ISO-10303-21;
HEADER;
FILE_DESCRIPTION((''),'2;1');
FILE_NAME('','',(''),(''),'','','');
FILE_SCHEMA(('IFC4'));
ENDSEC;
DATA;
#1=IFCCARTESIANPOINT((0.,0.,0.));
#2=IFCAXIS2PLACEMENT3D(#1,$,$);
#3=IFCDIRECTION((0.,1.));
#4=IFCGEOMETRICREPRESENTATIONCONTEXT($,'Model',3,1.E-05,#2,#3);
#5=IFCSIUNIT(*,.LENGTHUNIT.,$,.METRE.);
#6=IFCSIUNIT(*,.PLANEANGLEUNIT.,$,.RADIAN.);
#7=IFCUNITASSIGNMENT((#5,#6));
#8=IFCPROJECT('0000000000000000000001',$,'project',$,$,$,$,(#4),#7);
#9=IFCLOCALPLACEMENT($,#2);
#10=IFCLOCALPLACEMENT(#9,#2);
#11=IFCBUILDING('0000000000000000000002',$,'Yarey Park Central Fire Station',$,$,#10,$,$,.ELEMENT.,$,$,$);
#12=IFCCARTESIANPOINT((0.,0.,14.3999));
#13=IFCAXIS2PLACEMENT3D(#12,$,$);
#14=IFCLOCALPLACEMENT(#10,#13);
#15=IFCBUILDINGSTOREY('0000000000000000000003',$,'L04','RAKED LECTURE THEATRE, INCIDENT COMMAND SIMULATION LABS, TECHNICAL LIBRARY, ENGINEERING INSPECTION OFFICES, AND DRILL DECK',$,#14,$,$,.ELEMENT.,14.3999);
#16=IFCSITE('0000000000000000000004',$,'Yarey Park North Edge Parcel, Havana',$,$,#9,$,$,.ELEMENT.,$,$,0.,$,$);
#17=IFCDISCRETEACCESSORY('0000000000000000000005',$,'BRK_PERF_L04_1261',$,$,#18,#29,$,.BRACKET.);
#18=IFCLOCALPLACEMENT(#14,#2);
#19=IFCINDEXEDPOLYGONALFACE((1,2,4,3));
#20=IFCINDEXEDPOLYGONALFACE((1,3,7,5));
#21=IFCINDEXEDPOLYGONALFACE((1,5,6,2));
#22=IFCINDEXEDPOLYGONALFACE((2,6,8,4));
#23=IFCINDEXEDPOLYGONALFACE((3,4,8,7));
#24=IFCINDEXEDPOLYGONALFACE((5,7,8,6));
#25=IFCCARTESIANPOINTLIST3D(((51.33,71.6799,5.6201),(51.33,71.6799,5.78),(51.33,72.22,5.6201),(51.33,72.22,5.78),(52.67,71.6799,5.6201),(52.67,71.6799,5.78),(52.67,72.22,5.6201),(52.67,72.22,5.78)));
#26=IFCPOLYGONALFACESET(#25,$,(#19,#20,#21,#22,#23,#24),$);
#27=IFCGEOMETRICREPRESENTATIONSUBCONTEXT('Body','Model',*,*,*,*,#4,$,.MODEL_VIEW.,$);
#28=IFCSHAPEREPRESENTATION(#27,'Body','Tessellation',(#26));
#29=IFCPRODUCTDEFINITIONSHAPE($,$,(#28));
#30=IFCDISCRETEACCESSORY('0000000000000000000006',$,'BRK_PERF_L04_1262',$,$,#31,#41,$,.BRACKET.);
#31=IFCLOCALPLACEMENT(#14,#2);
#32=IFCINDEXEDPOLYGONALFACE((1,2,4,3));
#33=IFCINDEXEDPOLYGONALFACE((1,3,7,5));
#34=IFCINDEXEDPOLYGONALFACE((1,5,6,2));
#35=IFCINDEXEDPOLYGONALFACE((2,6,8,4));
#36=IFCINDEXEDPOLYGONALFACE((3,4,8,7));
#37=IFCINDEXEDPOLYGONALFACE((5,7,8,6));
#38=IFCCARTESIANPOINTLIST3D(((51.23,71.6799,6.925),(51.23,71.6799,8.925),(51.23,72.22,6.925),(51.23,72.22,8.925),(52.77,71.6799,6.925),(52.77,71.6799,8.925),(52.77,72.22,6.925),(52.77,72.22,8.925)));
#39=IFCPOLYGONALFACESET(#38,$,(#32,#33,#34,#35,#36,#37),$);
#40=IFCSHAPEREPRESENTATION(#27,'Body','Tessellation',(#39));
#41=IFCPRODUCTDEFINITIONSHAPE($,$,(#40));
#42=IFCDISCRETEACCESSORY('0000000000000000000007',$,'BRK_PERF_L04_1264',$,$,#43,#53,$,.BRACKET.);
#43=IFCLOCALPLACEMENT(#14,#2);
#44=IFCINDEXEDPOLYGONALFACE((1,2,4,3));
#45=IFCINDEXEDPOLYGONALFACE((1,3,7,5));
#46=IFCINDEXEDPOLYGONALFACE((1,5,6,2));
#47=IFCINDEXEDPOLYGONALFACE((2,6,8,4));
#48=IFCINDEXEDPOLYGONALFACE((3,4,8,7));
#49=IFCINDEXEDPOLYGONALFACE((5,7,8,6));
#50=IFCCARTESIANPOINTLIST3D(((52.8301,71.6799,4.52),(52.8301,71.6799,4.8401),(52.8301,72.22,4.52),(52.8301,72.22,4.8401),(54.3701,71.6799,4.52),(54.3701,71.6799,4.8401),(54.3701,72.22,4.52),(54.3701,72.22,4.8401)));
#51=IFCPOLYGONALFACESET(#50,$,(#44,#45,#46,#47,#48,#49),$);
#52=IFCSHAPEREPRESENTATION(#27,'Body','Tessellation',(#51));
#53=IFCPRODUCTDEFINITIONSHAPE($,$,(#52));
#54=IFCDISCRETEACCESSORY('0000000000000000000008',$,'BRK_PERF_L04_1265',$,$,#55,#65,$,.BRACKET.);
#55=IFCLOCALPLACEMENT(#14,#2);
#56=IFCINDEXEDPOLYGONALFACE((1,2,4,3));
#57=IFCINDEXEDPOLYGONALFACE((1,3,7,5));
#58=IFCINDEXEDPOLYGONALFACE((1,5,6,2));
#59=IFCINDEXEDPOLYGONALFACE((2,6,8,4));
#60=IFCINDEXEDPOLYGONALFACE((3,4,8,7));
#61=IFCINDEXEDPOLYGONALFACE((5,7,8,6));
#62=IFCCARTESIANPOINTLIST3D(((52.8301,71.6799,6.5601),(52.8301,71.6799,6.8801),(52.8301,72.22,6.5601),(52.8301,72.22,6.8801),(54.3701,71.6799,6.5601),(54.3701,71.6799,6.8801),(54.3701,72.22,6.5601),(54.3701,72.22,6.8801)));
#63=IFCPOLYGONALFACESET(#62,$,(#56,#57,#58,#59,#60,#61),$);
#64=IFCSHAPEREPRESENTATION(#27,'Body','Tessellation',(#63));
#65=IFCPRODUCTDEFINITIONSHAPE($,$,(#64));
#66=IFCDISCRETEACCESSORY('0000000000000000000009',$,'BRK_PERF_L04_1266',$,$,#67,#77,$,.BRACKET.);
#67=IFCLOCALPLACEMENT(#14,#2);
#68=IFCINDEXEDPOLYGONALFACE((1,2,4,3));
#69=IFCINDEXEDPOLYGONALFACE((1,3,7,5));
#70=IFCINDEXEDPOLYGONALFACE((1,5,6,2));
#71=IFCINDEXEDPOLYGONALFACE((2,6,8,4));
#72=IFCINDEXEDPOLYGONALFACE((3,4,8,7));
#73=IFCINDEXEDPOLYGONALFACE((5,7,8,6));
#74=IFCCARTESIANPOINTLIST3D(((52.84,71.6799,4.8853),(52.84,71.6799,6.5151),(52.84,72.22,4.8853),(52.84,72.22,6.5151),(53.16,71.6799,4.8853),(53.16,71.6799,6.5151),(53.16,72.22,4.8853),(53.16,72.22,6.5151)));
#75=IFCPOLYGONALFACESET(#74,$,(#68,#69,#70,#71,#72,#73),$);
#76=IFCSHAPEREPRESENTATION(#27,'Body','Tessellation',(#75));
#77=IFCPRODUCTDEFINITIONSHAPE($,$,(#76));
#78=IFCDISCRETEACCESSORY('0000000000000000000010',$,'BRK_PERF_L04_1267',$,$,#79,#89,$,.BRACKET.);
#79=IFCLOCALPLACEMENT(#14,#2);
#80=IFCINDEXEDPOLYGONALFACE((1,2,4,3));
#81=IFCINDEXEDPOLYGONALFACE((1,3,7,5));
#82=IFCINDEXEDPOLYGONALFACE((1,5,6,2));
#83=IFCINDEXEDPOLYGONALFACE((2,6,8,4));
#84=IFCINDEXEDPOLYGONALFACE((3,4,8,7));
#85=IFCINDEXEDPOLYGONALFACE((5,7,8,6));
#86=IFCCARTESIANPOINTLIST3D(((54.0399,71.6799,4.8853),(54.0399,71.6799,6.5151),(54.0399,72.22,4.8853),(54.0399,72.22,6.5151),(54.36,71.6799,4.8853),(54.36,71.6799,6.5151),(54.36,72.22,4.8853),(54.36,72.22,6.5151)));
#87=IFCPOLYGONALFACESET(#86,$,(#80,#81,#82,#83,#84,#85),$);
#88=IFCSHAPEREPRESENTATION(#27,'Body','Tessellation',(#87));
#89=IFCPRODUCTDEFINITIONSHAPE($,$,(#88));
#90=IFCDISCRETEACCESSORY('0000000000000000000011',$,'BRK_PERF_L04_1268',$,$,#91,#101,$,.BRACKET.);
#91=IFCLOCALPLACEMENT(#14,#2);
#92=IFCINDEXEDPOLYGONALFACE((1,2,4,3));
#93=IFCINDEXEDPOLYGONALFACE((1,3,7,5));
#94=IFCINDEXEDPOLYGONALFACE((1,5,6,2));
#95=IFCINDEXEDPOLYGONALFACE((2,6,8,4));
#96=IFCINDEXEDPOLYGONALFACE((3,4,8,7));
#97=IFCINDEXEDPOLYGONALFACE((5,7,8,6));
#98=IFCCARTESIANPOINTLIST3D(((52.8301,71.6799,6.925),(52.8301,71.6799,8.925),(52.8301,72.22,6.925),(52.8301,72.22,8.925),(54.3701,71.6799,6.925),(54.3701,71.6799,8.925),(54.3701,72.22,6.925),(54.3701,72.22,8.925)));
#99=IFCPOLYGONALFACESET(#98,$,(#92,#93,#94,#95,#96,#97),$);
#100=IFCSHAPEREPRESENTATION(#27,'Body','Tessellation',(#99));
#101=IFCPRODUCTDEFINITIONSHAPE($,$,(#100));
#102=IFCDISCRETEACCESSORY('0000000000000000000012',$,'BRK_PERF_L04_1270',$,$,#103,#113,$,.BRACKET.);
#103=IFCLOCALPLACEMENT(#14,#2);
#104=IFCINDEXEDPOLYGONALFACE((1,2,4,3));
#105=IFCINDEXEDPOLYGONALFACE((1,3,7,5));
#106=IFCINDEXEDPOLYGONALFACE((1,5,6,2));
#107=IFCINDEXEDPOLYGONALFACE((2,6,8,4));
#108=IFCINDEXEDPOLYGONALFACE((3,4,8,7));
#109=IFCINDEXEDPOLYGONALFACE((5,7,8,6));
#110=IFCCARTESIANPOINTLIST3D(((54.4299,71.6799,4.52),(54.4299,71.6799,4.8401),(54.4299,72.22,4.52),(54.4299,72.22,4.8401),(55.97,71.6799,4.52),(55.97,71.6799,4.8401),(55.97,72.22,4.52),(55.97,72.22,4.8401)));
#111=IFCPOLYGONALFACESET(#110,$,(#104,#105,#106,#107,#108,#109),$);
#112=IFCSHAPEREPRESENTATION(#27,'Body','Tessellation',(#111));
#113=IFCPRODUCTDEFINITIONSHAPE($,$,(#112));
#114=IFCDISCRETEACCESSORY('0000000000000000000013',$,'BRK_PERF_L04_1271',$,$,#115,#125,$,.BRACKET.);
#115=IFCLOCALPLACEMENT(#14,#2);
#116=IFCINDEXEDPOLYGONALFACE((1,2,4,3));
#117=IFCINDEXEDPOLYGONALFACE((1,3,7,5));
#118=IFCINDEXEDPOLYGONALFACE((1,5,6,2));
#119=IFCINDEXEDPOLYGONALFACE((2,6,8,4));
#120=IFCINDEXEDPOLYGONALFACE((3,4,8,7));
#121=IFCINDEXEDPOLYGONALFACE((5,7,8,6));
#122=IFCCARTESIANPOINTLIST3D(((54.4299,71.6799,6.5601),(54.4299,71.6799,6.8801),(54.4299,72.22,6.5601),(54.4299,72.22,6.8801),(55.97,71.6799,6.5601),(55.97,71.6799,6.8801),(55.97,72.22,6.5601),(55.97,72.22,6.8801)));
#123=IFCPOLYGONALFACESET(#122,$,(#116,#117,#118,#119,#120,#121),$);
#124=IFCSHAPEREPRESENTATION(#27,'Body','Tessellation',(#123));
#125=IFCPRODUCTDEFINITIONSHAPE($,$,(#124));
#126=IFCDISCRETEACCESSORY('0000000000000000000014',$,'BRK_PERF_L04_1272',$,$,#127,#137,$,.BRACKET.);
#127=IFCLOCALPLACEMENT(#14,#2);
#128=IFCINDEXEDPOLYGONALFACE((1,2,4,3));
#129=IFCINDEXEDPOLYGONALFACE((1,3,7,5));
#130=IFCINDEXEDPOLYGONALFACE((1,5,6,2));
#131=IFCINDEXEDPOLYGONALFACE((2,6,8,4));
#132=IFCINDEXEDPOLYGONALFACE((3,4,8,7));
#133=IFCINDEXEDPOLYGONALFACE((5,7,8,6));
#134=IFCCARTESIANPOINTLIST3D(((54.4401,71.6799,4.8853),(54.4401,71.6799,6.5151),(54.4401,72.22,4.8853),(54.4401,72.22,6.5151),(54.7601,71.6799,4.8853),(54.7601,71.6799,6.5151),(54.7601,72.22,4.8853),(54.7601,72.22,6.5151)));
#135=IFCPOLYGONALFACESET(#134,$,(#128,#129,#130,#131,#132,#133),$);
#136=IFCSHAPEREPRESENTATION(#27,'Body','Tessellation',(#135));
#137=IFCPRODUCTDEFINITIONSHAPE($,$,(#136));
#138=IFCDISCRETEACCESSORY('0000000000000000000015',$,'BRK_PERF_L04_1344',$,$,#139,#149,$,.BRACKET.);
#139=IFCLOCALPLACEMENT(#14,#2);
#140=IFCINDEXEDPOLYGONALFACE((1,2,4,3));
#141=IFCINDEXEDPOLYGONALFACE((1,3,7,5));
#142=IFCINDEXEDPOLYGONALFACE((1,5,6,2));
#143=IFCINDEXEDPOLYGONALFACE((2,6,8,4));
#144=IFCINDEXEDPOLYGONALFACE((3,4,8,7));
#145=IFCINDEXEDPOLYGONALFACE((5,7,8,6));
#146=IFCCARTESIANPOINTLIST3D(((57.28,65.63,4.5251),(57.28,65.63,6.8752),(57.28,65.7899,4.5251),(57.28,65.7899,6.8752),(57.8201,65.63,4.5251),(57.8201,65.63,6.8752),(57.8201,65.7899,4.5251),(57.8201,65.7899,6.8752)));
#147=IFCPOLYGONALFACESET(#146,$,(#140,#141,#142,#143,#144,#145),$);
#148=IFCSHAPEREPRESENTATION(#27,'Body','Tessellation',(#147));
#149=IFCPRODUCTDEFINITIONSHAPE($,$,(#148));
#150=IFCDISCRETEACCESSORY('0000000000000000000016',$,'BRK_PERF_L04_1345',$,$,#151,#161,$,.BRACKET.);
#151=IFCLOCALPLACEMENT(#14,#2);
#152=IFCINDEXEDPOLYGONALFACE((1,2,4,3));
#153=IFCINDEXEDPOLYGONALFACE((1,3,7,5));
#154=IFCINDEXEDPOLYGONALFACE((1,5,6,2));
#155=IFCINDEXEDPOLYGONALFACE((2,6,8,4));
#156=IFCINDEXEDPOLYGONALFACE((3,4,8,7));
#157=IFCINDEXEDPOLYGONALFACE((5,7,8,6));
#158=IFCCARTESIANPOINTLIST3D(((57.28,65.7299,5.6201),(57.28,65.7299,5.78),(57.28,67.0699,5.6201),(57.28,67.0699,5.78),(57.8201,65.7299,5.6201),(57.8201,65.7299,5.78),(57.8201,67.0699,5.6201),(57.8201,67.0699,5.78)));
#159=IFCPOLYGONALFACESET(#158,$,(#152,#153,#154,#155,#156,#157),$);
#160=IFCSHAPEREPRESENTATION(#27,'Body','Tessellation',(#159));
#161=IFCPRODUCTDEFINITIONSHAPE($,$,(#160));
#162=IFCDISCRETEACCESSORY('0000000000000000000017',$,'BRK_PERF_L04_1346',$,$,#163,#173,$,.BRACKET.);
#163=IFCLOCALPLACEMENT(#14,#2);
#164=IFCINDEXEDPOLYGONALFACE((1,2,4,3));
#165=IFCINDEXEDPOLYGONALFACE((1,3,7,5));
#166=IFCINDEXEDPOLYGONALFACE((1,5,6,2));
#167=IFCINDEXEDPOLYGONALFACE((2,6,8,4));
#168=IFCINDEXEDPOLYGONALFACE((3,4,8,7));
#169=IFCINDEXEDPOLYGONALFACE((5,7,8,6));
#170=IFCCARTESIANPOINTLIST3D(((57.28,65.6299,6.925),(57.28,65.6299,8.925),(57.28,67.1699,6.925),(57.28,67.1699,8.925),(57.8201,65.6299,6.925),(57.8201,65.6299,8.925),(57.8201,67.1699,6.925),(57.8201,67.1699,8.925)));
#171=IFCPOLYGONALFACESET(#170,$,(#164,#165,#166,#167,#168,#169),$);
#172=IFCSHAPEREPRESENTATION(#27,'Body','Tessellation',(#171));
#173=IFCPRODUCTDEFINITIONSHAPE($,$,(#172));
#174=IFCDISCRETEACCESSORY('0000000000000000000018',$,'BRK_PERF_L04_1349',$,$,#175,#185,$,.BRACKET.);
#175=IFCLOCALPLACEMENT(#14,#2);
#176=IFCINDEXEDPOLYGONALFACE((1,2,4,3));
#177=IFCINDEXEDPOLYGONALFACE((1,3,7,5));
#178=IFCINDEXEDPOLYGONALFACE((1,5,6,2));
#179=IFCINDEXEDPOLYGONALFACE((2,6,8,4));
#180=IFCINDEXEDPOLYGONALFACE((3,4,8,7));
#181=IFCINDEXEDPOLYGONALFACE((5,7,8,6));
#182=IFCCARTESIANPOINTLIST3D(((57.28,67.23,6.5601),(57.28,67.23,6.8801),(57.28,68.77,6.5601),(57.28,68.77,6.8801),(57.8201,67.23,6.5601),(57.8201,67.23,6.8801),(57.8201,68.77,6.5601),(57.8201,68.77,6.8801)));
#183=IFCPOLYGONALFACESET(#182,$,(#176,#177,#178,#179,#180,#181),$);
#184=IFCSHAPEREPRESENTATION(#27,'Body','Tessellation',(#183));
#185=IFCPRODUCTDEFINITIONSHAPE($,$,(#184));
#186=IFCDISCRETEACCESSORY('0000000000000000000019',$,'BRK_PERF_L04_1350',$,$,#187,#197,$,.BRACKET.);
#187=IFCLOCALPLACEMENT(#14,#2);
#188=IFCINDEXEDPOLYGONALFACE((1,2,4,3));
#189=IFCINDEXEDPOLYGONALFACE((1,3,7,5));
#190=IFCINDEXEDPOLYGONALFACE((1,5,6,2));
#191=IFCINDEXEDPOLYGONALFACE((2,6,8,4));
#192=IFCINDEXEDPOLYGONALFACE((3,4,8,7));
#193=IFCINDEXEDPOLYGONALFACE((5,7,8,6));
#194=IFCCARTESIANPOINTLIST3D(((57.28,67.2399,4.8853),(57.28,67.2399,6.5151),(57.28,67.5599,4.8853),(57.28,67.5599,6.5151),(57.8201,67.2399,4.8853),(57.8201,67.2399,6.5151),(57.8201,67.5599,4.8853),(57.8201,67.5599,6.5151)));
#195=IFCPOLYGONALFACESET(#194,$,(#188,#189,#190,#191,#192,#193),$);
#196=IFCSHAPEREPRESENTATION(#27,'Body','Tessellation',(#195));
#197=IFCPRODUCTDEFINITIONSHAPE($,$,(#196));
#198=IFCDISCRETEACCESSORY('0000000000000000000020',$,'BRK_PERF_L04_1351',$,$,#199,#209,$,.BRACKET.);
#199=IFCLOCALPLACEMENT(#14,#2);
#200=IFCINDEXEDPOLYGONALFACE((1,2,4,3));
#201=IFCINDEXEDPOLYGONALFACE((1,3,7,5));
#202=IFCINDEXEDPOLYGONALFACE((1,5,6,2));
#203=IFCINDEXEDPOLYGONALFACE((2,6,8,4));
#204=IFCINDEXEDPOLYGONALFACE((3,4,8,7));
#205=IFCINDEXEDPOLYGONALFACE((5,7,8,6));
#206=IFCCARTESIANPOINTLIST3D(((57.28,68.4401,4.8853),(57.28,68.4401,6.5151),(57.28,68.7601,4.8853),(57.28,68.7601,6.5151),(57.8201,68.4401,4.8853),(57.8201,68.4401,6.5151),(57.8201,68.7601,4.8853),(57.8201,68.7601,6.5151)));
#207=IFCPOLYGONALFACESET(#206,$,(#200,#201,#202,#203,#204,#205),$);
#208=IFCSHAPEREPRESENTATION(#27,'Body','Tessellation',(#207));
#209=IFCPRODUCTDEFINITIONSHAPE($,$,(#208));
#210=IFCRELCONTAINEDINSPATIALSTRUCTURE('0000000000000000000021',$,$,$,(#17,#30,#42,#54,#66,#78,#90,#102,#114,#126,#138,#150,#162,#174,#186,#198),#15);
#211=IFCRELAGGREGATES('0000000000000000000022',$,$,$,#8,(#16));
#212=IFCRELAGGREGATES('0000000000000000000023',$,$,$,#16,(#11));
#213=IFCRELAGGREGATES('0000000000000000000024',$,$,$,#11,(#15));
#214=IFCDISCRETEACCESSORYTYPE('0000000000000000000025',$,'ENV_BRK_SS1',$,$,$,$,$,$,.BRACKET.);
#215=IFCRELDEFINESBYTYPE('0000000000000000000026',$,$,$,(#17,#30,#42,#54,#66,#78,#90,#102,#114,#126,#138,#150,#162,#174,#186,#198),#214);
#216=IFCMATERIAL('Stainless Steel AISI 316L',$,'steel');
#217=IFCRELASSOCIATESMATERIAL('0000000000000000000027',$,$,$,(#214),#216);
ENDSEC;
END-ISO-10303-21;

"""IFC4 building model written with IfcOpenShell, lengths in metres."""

from ifc_helpers import new_model, si_unit, direction, frame, origin, origin_2d, place, context, subcontext, project, spatial, rectangle, extrude, material, type_object, element, save


model = new_model("IFC4")

# Units and contexts
model_context = context("Model", 3, precision=1e-05, world=origin(), true_north=direction((0.0, 1.0)))
body_context = subcontext(model_context, "Body", "Model", "MODEL_VIEW")
ifc_project = project(units=[si_unit("LENGTHUNIT", "METRE"), si_unit("PLANEANGLEUNIT", "RADIAN")], contexts=[model_context])

# Site, building, storey
site_placement = place(None, origin())
site = spatial("IfcSite", under=ifc_project, at=site_placement, Name="Yarey Park North Edge Parcel, Havana", CompositionType="ELEMENT", RefElevation=0.0)
building_placement = place(site_placement, origin())
building = spatial("IfcBuilding", under=site, at=building_placement, Name="Yarey Park Central Fire Station", CompositionType="ELEMENT")
storey_placement = place(building_placement, frame((0.0, 0.0, 14.3999)))
storey = spatial("IfcBuildingStorey", under=building, at=storey_placement, Name="L04", Description="RAKED LECTURE THEATRE, INCIDENT COMMAND SIMULATION LABS, TECHNICAL LIBRARY, ENGINEERING INSPECTION OFFICES, AND DRILL DECK", CompositionType="ELEMENT", Elevation=14.3999)

# Discrete accessories
ifc_material = material(Name="Stainless Steel AISI 316L", Category="steel")
discrete_accessory_type = type_object("IfcDiscreteAccessoryType", Name="ENV_BRK_SS1", PredefinedType="BRACKET", material=ifc_material)
discrete_accessory_1_placement = place(storey_placement, frame((52.0, 71.95, 5.6201), z_axis=(0.0, 0.0, 1.0), x_axis=(1.0, 0.0, 0.0)))
element("IfcDiscreteAccessory", 1, at=discrete_accessory_1_placement, inside=storey, type_object=discrete_accessory_type, Name="BRK_PERF_L04_1261", PredefinedType="BRACKET", context=body_context, shape_type="SweptSolid", body=[
    extrude(rectangle(XDim=1.3401, YDim=0.54, at=origin_2d()), origin(), (0.0, 0.0, 1.0), 0.1599),
])
discrete_accessory_2_placement = place(storey_placement, frame((52.0, 71.95, 6.925), z_axis=(0.0, 0.0, 1.0), x_axis=(1.0, 0.0, 0.0)))
element("IfcDiscreteAccessory", 2, at=discrete_accessory_2_placement, inside=storey, type_object=discrete_accessory_type, Name="BRK_PERF_L04_1262", PredefinedType="BRACKET", context=body_context, shape_type="SweptSolid", body=[
    extrude(rectangle(XDim=1.54, YDim=0.54, at=origin_2d()), origin(), (0.0, 0.0, 1.0), 2.0),
])
for number, where, z_axis, x_axis, name in (
    (3, (53.6001, 71.95, 4.52), (0.0, 0.0, 1.0), (1.0, 0.0, 0.0), "BRK_PERF_L04_1264"),
    (4, (53.6001, 71.95, 6.5601), (0.0, 0.0, 1.0), (1.0, 0.0, 0.0), "BRK_PERF_L04_1265"),
):
    element("IfcDiscreteAccessory", number, at=place(storey_placement, frame(where, z_axis=z_axis, x_axis=x_axis)), inside=storey, type_object=discrete_accessory_type, Name=name, PredefinedType="BRACKET", context=body_context, shape_type="SweptSolid", body=[
        extrude(rectangle(XDim=1.54, YDim=0.54, at=origin_2d()), origin(), (0.0, 0.0, 1.0), 0.3201),
    ])
for number, where, z_axis, x_axis, name in (
    (5, (53.0, 71.95, 4.8853), (0.0, 0.0, 1.0), (1.0, 0.0, 0.0), "BRK_PERF_L04_1266"),
    (6, (54.2, 71.95, 4.8853), (0.0, 0.0, 1.0), (1.0, 0.0, 0.0), "BRK_PERF_L04_1267"),
):
    element("IfcDiscreteAccessory", number, at=place(storey_placement, frame(where, z_axis=z_axis, x_axis=x_axis)), inside=storey, type_object=discrete_accessory_type, Name=name, PredefinedType="BRACKET", context=body_context, shape_type="SweptSolid", body=[
        extrude(rectangle(XDim=0.3201, YDim=0.54, at=origin_2d()), origin(), (0.0, 0.0, 1.0), 1.6299),
    ])
discrete_accessory_3_placement = place(storey_placement, frame((53.6001, 71.95, 6.925), z_axis=(0.0, 0.0, 1.0), x_axis=(1.0, 0.0, 0.0)))
element("IfcDiscreteAccessory", 7, at=discrete_accessory_3_placement, inside=storey, type_object=discrete_accessory_type, Name="BRK_PERF_L04_1268", PredefinedType="BRACKET", context=body_context, shape_type="SweptSolid", body=[
    extrude(rectangle(XDim=1.54, YDim=0.54, at=origin_2d()), origin(), (0.0, 0.0, 1.0), 2.0),
])
for number, where, z_axis, x_axis, name in (
    (8, (55.2, 71.95, 4.52), (0.0, 0.0, 1.0), (1.0, 0.0, 0.0), "BRK_PERF_L04_1270"),
    (9, (55.2, 71.95, 6.5601), (0.0, 0.0, 1.0), (1.0, 0.0, 0.0), "BRK_PERF_L04_1271"),
):
    element("IfcDiscreteAccessory", number, at=place(storey_placement, frame(where, z_axis=z_axis, x_axis=x_axis)), inside=storey, type_object=discrete_accessory_type, Name=name, PredefinedType="BRACKET", context=body_context, shape_type="SweptSolid", body=[
        extrude(rectangle(XDim=1.54, YDim=0.54, at=origin_2d()), origin(), (0.0, 0.0, 1.0), 0.3201),
    ])
discrete_accessory_4_placement = place(storey_placement, frame((54.6001, 71.95, 4.8853), z_axis=(0.0, 0.0, 1.0), x_axis=(1.0, 0.0, 0.0)))
element("IfcDiscreteAccessory", 10, at=discrete_accessory_4_placement, inside=storey, type_object=discrete_accessory_type, Name="BRK_PERF_L04_1272", PredefinedType="BRACKET", context=body_context, shape_type="SweptSolid", body=[
    extrude(rectangle(XDim=0.3201, YDim=0.54, at=origin_2d()), origin(), (0.0, 0.0, 1.0), 1.6299),
])
discrete_accessory_5_placement = place(storey_placement, frame((57.55, 65.71, 4.5251), z_axis=(0.0, 0.0, 1.0), x_axis=(1.0, 0.0, 0.0)))
element("IfcDiscreteAccessory", 11, at=discrete_accessory_5_placement, inside=storey, type_object=discrete_accessory_type, Name="BRK_PERF_L04_1344", PredefinedType="BRACKET", context=body_context, shape_type="SweptSolid", body=[
    extrude(rectangle(XDim=0.54, YDim=0.1599, at=origin_2d()), origin(), (0.0, 0.0, 1.0), 2.3501),
])
discrete_accessory_6_placement = place(storey_placement, frame((57.55, 66.3999, 5.6201), z_axis=(0.0, 0.0, 1.0), x_axis=(1.0, 0.0, 0.0)))
element("IfcDiscreteAccessory", 12, at=discrete_accessory_6_placement, inside=storey, type_object=discrete_accessory_type, Name="BRK_PERF_L04_1345", PredefinedType="BRACKET", context=body_context, shape_type="SweptSolid", body=[
    extrude(rectangle(XDim=0.54, YDim=1.3401, at=origin_2d()), origin(), (0.0, 0.0, 1.0), 0.1599),
])
discrete_accessory_7_placement = place(storey_placement, frame((57.55, 66.3999, 6.925), z_axis=(0.0, 0.0, 1.0), x_axis=(1.0, 0.0, 0.0)))
element("IfcDiscreteAccessory", 13, at=discrete_accessory_7_placement, inside=storey, type_object=discrete_accessory_type, Name="BRK_PERF_L04_1346", PredefinedType="BRACKET", context=body_context, shape_type="SweptSolid", body=[
    extrude(rectangle(XDim=0.54, YDim=1.54, at=origin_2d()), origin(), (0.0, 0.0, 1.0), 2.0),
])
discrete_accessory_8_placement = place(storey_placement, frame((57.55, 68.0, 6.5601), z_axis=(0.0, 0.0, 1.0), x_axis=(1.0, 0.0, 0.0)))
element("IfcDiscreteAccessory", 14, at=discrete_accessory_8_placement, inside=storey, type_object=discrete_accessory_type, Name="BRK_PERF_L04_1349", PredefinedType="BRACKET", context=body_context, shape_type="SweptSolid", body=[
    extrude(rectangle(XDim=0.54, YDim=1.54, at=origin_2d()), origin(), (0.0, 0.0, 1.0), 0.3201),
])
for number, where, z_axis, x_axis, name in (
    (15, (57.55, 67.3999, 4.8853), (0.0, 0.0, 1.0), (1.0, 0.0, 0.0), "BRK_PERF_L04_1350"),
    (16, (57.55, 68.6001, 4.8853), (0.0, 0.0, 1.0), (1.0, 0.0, 0.0), "BRK_PERF_L04_1351"),
):
    element("IfcDiscreteAccessory", number, at=place(storey_placement, frame(where, z_axis=z_axis, x_axis=x_axis)), inside=storey, type_object=discrete_accessory_type, Name=name, PredefinedType="BRACKET", context=body_context, shape_type="SweptSolid", body=[
        extrude(rectangle(XDim=0.54, YDim=0.3201, at=origin_2d()), origin(), (0.0, 0.0, 1.0), 1.6299),
    ])

save(model, "model.ifc")
